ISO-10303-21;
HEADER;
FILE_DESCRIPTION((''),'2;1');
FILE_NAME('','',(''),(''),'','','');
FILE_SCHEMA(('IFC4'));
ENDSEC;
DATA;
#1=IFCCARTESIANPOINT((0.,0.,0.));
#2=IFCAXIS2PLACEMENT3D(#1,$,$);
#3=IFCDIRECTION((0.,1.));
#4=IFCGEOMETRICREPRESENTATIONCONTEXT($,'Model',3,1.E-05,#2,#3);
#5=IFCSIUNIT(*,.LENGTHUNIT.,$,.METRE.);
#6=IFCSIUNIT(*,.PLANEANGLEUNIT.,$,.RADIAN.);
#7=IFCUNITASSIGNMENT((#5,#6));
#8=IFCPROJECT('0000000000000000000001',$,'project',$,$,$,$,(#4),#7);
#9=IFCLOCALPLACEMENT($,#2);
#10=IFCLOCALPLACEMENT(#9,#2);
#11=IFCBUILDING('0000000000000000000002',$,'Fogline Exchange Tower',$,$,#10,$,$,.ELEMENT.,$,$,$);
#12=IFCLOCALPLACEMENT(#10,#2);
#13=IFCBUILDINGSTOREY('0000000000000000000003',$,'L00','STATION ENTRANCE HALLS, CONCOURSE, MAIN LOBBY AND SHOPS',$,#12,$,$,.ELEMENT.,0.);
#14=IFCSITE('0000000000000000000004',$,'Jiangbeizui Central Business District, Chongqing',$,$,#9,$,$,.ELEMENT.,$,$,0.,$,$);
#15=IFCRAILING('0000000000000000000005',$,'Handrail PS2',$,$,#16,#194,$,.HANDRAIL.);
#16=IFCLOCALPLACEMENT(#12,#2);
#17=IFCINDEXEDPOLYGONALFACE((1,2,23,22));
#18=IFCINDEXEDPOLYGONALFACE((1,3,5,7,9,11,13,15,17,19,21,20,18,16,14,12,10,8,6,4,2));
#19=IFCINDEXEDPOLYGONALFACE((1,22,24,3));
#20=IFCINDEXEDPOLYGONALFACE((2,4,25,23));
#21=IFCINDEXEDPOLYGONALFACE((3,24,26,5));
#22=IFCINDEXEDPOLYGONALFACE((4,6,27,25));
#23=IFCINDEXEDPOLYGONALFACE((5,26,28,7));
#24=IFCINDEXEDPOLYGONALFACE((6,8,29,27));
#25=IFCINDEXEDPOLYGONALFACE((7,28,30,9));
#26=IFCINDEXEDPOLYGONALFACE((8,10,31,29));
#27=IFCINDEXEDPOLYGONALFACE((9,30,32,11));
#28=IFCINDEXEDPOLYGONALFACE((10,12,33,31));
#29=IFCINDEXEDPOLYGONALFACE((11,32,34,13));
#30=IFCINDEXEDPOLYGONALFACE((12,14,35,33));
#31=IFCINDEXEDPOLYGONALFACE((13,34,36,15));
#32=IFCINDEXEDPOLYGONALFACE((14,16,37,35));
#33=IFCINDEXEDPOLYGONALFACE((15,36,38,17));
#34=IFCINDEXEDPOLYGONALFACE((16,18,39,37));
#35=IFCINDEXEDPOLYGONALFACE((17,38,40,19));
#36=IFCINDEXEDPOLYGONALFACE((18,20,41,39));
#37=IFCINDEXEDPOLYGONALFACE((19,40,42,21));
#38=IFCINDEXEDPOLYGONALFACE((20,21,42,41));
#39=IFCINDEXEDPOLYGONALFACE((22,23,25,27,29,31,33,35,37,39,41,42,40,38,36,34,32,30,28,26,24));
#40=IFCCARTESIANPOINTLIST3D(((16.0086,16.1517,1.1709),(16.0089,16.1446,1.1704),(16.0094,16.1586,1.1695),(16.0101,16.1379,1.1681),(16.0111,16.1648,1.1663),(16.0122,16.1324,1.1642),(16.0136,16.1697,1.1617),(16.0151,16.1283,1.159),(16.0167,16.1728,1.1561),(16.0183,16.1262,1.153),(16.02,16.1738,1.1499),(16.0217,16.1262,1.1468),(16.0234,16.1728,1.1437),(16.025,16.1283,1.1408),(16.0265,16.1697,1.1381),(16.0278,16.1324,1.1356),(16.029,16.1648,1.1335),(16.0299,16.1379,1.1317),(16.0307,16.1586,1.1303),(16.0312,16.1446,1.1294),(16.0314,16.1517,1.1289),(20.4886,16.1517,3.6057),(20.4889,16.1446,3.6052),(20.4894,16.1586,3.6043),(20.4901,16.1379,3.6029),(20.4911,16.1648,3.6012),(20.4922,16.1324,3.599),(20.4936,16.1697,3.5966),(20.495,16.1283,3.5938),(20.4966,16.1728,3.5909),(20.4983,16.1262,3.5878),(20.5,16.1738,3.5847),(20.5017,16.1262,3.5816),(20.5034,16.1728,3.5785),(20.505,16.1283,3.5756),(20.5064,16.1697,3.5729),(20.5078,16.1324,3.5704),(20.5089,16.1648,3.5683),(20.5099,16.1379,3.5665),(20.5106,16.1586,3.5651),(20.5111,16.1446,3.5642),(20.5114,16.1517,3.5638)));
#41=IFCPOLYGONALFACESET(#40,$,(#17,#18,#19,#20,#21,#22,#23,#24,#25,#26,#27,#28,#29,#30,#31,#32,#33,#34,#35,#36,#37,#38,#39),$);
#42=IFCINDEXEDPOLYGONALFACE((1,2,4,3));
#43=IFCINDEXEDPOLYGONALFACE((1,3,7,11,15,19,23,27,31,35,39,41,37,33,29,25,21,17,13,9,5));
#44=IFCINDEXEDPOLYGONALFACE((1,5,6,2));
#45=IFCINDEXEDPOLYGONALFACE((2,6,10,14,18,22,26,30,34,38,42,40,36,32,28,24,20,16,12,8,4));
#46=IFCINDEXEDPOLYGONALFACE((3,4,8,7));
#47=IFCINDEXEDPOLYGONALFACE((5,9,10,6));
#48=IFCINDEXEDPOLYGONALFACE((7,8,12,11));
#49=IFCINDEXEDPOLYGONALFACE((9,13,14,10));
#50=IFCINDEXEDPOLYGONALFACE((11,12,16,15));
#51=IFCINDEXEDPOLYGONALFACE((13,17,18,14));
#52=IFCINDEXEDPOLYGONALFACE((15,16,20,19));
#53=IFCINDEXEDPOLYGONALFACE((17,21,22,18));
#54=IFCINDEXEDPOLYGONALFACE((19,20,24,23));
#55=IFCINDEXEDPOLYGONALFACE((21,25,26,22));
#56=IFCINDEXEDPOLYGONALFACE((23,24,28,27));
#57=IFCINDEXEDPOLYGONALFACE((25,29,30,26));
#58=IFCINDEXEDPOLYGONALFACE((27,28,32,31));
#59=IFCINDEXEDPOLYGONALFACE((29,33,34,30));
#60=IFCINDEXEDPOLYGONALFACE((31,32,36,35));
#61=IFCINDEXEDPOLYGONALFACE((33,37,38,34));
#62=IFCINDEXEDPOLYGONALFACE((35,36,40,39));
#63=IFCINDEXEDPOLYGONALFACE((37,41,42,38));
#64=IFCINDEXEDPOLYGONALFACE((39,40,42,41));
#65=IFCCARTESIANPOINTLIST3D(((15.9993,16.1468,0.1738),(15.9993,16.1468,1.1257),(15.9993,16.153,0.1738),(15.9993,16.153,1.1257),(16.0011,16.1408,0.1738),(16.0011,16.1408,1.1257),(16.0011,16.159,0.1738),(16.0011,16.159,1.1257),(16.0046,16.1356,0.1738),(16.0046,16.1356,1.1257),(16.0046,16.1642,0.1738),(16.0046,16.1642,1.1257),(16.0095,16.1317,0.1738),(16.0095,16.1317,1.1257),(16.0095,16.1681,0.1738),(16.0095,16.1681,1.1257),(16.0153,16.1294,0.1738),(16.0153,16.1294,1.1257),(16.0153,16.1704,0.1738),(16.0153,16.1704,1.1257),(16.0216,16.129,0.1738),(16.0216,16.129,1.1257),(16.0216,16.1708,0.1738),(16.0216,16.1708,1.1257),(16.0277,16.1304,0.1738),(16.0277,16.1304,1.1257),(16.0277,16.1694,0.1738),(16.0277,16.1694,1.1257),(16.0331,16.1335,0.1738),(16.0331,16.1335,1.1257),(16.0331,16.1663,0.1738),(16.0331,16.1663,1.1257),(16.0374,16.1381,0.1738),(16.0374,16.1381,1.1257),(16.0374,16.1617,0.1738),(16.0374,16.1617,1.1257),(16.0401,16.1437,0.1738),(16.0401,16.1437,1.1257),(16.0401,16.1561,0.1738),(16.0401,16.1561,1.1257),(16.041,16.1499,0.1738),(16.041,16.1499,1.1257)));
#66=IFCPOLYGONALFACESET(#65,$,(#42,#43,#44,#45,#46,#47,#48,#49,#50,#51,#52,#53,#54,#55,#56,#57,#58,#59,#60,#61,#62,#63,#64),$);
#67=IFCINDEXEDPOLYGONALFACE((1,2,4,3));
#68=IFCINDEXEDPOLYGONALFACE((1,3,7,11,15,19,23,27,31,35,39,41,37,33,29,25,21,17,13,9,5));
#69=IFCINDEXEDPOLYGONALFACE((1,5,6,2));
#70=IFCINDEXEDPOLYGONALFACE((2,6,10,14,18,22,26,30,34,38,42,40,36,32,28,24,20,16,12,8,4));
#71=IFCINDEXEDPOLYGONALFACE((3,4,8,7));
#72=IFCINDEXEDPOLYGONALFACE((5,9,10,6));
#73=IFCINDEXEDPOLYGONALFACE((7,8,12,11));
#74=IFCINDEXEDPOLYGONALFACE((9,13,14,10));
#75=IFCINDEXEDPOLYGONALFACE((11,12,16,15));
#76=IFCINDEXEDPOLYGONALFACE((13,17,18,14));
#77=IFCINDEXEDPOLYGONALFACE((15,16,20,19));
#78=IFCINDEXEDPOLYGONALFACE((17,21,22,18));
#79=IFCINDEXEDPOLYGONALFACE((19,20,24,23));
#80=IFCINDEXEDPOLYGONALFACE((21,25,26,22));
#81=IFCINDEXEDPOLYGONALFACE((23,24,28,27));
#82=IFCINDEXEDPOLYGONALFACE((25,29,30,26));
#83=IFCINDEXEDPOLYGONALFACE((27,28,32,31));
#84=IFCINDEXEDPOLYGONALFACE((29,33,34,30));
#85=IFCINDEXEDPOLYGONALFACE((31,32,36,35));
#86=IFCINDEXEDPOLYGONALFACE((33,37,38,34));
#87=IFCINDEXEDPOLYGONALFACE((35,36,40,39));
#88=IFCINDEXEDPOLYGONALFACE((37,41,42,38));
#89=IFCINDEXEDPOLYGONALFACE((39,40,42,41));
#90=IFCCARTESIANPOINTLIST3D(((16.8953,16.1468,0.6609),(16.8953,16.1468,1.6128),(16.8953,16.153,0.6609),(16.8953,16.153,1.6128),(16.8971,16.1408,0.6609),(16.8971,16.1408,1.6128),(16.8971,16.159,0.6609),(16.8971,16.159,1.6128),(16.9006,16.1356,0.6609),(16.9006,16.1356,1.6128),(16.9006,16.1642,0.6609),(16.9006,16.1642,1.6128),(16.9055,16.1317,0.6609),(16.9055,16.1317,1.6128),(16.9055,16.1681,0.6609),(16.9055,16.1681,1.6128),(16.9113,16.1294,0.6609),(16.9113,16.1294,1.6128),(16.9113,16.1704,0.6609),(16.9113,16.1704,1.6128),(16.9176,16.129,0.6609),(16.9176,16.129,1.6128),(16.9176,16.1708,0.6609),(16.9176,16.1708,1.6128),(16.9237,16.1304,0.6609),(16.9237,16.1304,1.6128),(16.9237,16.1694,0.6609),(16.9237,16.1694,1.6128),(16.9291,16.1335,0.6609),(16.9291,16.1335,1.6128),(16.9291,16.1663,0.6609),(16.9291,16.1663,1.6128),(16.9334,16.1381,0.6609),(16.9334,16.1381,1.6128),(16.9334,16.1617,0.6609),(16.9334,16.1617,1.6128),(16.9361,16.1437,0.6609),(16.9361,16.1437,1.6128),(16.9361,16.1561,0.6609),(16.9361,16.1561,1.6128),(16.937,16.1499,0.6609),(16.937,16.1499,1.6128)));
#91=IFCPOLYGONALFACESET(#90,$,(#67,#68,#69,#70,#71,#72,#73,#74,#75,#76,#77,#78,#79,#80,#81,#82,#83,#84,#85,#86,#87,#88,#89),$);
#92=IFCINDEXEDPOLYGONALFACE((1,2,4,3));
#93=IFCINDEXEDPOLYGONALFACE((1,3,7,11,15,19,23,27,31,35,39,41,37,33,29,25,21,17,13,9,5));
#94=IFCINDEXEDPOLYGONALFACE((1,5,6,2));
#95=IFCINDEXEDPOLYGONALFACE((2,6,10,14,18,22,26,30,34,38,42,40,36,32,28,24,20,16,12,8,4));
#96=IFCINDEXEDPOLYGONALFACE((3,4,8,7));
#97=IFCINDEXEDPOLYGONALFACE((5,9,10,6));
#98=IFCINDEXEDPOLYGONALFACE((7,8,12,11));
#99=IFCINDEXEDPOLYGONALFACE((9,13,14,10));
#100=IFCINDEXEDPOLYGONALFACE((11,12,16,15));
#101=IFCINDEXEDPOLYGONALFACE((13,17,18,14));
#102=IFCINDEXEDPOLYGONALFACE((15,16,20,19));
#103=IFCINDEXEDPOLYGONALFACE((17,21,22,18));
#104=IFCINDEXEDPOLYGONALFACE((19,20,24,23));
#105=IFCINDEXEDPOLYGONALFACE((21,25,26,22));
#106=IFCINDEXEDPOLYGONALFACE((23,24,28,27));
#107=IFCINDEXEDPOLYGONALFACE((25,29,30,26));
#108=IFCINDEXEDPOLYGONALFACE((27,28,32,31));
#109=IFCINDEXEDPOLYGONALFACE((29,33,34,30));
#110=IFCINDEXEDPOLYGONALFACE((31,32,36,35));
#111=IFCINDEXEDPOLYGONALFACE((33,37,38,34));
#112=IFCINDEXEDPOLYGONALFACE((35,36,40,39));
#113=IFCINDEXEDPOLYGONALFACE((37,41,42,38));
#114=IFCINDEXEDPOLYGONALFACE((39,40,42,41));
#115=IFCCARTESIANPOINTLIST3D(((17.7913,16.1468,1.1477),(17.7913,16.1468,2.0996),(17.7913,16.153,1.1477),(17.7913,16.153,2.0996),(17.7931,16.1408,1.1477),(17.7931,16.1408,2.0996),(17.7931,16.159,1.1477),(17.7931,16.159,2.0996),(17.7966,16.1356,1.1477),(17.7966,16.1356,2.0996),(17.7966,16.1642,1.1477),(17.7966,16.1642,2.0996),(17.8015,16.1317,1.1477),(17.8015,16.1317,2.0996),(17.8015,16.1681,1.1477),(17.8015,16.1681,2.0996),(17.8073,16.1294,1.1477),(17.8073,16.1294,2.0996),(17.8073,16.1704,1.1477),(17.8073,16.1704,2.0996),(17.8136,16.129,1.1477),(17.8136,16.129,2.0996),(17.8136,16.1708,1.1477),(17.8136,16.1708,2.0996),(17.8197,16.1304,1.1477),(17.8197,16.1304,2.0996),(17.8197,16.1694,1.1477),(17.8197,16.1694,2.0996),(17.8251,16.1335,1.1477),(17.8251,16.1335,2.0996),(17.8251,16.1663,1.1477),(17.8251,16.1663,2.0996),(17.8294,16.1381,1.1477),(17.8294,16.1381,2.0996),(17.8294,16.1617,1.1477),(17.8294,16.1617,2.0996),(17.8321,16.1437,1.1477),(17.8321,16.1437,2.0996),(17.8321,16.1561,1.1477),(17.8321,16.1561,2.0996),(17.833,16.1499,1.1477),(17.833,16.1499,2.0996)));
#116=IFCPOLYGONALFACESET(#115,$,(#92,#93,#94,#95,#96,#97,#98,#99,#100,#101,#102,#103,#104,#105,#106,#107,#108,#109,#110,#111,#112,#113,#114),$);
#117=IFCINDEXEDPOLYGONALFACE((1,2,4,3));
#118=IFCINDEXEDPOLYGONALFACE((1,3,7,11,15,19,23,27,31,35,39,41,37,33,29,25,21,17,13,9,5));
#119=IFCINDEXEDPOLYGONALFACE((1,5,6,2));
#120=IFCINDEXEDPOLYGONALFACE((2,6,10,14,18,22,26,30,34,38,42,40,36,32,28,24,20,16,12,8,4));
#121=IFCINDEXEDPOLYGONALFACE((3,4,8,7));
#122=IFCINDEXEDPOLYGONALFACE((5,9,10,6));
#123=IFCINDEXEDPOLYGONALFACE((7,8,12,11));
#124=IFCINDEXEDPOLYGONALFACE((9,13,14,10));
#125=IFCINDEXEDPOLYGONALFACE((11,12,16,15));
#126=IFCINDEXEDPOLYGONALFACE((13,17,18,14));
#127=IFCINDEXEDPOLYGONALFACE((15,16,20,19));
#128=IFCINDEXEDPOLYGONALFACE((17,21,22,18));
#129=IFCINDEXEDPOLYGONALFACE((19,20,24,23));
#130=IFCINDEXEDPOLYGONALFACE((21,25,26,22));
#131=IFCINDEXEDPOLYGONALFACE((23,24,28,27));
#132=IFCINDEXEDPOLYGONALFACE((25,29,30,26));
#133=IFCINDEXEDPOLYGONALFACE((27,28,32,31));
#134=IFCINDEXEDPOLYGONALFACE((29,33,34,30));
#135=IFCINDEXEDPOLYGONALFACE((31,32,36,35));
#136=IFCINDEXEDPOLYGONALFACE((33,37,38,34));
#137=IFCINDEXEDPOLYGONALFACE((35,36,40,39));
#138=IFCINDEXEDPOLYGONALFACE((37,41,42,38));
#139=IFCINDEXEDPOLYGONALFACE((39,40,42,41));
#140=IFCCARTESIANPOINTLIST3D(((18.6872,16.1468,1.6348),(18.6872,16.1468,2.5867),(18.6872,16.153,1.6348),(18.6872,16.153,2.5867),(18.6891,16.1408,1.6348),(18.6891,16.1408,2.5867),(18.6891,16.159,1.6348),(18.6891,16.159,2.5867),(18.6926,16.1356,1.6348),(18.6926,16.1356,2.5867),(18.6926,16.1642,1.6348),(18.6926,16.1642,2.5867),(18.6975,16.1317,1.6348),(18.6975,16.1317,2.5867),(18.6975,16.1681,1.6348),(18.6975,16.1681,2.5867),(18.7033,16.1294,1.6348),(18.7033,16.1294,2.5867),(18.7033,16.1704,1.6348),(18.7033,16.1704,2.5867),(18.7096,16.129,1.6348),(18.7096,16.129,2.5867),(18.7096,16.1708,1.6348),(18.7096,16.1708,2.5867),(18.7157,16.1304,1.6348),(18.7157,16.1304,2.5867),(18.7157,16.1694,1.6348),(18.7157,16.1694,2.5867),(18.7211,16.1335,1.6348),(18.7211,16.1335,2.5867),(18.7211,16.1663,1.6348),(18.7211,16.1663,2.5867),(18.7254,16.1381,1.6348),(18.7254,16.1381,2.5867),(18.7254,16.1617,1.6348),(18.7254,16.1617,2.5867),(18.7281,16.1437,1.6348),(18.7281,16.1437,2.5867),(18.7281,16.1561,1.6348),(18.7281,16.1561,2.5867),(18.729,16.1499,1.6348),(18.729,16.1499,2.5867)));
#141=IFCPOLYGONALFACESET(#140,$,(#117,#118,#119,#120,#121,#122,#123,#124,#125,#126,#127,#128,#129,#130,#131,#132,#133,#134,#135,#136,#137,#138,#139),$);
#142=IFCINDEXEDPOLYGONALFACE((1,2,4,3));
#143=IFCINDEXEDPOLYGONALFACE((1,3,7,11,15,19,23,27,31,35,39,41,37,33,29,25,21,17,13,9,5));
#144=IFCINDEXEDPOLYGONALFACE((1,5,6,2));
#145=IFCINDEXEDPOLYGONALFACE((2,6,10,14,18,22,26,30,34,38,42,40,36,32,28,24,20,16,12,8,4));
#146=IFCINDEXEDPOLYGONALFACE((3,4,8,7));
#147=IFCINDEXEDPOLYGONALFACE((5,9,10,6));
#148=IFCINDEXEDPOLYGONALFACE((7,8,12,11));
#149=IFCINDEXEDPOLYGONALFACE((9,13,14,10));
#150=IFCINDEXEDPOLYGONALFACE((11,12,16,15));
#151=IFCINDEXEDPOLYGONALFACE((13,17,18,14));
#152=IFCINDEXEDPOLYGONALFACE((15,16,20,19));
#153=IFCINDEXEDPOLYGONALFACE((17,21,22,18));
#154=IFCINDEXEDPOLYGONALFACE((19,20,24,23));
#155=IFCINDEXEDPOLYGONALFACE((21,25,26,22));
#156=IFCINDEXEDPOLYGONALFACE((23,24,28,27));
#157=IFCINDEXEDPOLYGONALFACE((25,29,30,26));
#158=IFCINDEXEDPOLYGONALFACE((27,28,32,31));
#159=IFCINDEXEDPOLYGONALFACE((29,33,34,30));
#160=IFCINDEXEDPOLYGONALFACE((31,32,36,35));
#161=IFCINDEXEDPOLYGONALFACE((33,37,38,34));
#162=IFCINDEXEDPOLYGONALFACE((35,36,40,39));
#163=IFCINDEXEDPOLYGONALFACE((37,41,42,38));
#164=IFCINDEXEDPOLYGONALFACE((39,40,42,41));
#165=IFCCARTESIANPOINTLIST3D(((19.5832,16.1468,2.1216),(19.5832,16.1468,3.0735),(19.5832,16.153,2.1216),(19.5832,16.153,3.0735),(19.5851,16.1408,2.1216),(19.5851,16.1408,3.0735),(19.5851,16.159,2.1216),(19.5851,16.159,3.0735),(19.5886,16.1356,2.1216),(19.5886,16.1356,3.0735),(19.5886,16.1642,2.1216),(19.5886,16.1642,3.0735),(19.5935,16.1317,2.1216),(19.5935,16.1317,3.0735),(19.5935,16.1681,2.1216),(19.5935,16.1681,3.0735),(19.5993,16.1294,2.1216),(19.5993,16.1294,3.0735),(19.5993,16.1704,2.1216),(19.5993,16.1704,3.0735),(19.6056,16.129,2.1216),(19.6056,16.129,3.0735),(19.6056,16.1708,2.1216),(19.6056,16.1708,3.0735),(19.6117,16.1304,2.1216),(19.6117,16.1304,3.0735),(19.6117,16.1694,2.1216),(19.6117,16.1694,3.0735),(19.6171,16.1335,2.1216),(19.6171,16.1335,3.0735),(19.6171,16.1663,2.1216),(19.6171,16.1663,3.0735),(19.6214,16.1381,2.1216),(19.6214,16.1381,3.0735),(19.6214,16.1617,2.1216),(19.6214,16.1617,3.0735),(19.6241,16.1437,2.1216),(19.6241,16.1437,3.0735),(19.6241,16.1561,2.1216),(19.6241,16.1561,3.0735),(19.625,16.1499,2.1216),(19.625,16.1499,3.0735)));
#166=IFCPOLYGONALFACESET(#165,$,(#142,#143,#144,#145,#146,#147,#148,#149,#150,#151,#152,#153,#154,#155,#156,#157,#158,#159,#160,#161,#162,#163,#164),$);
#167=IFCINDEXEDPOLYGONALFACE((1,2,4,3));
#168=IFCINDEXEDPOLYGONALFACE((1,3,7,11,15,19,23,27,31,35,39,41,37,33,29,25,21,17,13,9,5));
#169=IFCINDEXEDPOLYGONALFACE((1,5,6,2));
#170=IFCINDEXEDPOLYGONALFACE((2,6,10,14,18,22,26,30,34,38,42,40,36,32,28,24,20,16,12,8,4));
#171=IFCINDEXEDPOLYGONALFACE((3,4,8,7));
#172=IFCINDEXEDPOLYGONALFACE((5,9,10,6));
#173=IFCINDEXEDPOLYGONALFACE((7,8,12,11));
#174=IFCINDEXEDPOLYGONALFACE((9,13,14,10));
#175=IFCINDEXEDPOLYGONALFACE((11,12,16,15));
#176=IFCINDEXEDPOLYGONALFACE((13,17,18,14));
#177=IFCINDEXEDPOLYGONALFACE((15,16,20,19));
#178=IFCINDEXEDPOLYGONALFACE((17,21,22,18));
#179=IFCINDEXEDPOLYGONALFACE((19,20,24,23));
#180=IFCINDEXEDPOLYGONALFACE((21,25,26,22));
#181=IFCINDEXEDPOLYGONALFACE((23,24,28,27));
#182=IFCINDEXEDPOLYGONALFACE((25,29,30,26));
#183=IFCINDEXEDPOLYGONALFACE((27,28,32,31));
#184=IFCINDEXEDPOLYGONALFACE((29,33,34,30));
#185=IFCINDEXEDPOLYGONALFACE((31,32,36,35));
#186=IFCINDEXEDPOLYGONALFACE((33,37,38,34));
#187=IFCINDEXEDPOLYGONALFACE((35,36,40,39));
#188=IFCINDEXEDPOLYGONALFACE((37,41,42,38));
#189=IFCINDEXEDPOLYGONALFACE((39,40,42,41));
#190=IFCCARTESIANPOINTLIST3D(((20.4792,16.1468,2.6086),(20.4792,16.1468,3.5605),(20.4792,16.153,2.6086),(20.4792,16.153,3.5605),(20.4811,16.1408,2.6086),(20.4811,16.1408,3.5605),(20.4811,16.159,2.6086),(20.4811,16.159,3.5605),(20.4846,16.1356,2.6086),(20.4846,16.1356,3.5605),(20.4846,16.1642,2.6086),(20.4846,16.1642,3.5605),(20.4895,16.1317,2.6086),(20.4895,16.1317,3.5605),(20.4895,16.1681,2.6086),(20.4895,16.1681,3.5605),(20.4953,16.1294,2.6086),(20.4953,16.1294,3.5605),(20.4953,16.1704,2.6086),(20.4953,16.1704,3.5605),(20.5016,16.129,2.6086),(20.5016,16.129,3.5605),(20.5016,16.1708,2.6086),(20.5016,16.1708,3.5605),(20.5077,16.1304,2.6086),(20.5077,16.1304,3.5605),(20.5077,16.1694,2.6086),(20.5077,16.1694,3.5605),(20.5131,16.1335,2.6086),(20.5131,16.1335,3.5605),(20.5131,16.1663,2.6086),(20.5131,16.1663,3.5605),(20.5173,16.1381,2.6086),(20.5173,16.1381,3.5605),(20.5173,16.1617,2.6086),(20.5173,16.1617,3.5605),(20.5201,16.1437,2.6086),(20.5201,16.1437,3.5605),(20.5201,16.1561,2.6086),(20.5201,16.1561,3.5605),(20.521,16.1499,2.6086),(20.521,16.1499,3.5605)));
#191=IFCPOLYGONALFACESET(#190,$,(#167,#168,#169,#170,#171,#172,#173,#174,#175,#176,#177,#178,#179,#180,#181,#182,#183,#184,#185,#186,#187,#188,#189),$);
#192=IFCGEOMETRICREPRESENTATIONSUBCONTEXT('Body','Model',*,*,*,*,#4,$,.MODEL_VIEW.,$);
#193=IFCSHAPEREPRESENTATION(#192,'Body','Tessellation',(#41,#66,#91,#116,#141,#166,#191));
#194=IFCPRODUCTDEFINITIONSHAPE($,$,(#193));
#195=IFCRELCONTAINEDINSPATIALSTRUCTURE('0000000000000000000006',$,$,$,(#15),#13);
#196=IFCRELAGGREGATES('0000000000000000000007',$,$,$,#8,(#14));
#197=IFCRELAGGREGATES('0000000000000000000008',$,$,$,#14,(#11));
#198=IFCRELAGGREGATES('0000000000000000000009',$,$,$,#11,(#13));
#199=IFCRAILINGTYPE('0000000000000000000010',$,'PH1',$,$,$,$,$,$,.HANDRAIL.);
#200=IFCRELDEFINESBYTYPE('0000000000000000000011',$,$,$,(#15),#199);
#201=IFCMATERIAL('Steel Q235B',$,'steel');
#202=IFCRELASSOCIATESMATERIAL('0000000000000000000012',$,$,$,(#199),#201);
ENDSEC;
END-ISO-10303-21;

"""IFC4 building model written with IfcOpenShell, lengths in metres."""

from ifc_helpers import new_model, si_unit, direction, frame, origin, origin_2d, place, context, subcontext, project, spatial, circle, extrude, material, type_object, element, save


model = new_model("IFC4")

# Units and contexts
model_context = context("Model", 3, precision=1e-05, world=origin(), true_north=direction((0.0, 1.0)))
body_context = subcontext(model_context, "Body", "Model", "MODEL_VIEW")
ifc_project = project(units=[si_unit("LENGTHUNIT", "METRE"), si_unit("PLANEANGLEUNIT", "RADIAN")], contexts=[model_context])

# Site, building, storey
site_placement = place(None, origin())
site = spatial("IfcSite", under=ifc_project, at=site_placement, Name="Jiangbeizui Central Business District, Chongqing", CompositionType="ELEMENT", RefElevation=0.0)
building_placement = place(site_placement, origin())
building = spatial("IfcBuilding", under=site, at=building_placement, Name="Fogline Exchange Tower", CompositionType="ELEMENT")
storey_placement = place(building_placement, origin())
storey = spatial("IfcBuildingStorey", under=building, at=storey_placement, Name="L00", Description="STATION ENTRANCE HALLS, CONCOURSE, MAIN LOBBY AND SHOPS", CompositionType="ELEMENT", Elevation=0.0)

# Railing
ifc_material_1 = material(Name="Steel Q235B", Category="steel")
railing_type_1 = type_object("IfcRailingType", Name="PH1", PredefinedType="HANDRAIL", material=ifc_material_1)
railing_1_placement = place(storey_placement, frame((16.02, 16.1499, 0.1738)))
element("IfcRailing", 1, at=railing_1_placement, inside=storey, type_object=railing_type_1, Name="Handrail PS2", PredefinedType="HANDRAIL", context=body_context, shape_type="SweptSolid", body=[
    extrude(circle(Radius=0.0239, at=origin_2d()), frame((0.0, 0.0, 0.9761), z_axis=(0.878621, 0.0, 0.47752), x_axis=(0.0, 1.0, 0.0)), (0.0, 0.0, 1.0), 5.0989),
    extrude(circle(Radius=0.021, at=origin_2d()), origin(), (0.0, 0.0, 1.0), 0.9519),
    extrude(circle(Radius=0.021, at=origin_2d()), frame((0.896, 0.0, 0.4871)), (0.0, 0.0, 1.0), 0.9519),
    extrude(circle(Radius=0.021, at=origin_2d()), frame((1.792, 0.0, 0.9739)), (0.0, 0.0, 1.0), 0.9519),
    extrude(circle(Radius=0.021, at=origin_2d()), frame((2.688, 0.0, 1.4609)), (0.0, 0.0, 1.0), 0.9519),
    extrude(circle(Radius=0.021, at=origin_2d()), frame((3.584, 0.0, 1.9478)), (0.0, 0.0, 1.0), 0.9519),
    extrude(circle(Radius=0.021, at=origin_2d()), frame((4.48, 0.0, 2.4348)), (0.0, 0.0, 1.0), 0.9519),
])

save(model, "model.ifc")
